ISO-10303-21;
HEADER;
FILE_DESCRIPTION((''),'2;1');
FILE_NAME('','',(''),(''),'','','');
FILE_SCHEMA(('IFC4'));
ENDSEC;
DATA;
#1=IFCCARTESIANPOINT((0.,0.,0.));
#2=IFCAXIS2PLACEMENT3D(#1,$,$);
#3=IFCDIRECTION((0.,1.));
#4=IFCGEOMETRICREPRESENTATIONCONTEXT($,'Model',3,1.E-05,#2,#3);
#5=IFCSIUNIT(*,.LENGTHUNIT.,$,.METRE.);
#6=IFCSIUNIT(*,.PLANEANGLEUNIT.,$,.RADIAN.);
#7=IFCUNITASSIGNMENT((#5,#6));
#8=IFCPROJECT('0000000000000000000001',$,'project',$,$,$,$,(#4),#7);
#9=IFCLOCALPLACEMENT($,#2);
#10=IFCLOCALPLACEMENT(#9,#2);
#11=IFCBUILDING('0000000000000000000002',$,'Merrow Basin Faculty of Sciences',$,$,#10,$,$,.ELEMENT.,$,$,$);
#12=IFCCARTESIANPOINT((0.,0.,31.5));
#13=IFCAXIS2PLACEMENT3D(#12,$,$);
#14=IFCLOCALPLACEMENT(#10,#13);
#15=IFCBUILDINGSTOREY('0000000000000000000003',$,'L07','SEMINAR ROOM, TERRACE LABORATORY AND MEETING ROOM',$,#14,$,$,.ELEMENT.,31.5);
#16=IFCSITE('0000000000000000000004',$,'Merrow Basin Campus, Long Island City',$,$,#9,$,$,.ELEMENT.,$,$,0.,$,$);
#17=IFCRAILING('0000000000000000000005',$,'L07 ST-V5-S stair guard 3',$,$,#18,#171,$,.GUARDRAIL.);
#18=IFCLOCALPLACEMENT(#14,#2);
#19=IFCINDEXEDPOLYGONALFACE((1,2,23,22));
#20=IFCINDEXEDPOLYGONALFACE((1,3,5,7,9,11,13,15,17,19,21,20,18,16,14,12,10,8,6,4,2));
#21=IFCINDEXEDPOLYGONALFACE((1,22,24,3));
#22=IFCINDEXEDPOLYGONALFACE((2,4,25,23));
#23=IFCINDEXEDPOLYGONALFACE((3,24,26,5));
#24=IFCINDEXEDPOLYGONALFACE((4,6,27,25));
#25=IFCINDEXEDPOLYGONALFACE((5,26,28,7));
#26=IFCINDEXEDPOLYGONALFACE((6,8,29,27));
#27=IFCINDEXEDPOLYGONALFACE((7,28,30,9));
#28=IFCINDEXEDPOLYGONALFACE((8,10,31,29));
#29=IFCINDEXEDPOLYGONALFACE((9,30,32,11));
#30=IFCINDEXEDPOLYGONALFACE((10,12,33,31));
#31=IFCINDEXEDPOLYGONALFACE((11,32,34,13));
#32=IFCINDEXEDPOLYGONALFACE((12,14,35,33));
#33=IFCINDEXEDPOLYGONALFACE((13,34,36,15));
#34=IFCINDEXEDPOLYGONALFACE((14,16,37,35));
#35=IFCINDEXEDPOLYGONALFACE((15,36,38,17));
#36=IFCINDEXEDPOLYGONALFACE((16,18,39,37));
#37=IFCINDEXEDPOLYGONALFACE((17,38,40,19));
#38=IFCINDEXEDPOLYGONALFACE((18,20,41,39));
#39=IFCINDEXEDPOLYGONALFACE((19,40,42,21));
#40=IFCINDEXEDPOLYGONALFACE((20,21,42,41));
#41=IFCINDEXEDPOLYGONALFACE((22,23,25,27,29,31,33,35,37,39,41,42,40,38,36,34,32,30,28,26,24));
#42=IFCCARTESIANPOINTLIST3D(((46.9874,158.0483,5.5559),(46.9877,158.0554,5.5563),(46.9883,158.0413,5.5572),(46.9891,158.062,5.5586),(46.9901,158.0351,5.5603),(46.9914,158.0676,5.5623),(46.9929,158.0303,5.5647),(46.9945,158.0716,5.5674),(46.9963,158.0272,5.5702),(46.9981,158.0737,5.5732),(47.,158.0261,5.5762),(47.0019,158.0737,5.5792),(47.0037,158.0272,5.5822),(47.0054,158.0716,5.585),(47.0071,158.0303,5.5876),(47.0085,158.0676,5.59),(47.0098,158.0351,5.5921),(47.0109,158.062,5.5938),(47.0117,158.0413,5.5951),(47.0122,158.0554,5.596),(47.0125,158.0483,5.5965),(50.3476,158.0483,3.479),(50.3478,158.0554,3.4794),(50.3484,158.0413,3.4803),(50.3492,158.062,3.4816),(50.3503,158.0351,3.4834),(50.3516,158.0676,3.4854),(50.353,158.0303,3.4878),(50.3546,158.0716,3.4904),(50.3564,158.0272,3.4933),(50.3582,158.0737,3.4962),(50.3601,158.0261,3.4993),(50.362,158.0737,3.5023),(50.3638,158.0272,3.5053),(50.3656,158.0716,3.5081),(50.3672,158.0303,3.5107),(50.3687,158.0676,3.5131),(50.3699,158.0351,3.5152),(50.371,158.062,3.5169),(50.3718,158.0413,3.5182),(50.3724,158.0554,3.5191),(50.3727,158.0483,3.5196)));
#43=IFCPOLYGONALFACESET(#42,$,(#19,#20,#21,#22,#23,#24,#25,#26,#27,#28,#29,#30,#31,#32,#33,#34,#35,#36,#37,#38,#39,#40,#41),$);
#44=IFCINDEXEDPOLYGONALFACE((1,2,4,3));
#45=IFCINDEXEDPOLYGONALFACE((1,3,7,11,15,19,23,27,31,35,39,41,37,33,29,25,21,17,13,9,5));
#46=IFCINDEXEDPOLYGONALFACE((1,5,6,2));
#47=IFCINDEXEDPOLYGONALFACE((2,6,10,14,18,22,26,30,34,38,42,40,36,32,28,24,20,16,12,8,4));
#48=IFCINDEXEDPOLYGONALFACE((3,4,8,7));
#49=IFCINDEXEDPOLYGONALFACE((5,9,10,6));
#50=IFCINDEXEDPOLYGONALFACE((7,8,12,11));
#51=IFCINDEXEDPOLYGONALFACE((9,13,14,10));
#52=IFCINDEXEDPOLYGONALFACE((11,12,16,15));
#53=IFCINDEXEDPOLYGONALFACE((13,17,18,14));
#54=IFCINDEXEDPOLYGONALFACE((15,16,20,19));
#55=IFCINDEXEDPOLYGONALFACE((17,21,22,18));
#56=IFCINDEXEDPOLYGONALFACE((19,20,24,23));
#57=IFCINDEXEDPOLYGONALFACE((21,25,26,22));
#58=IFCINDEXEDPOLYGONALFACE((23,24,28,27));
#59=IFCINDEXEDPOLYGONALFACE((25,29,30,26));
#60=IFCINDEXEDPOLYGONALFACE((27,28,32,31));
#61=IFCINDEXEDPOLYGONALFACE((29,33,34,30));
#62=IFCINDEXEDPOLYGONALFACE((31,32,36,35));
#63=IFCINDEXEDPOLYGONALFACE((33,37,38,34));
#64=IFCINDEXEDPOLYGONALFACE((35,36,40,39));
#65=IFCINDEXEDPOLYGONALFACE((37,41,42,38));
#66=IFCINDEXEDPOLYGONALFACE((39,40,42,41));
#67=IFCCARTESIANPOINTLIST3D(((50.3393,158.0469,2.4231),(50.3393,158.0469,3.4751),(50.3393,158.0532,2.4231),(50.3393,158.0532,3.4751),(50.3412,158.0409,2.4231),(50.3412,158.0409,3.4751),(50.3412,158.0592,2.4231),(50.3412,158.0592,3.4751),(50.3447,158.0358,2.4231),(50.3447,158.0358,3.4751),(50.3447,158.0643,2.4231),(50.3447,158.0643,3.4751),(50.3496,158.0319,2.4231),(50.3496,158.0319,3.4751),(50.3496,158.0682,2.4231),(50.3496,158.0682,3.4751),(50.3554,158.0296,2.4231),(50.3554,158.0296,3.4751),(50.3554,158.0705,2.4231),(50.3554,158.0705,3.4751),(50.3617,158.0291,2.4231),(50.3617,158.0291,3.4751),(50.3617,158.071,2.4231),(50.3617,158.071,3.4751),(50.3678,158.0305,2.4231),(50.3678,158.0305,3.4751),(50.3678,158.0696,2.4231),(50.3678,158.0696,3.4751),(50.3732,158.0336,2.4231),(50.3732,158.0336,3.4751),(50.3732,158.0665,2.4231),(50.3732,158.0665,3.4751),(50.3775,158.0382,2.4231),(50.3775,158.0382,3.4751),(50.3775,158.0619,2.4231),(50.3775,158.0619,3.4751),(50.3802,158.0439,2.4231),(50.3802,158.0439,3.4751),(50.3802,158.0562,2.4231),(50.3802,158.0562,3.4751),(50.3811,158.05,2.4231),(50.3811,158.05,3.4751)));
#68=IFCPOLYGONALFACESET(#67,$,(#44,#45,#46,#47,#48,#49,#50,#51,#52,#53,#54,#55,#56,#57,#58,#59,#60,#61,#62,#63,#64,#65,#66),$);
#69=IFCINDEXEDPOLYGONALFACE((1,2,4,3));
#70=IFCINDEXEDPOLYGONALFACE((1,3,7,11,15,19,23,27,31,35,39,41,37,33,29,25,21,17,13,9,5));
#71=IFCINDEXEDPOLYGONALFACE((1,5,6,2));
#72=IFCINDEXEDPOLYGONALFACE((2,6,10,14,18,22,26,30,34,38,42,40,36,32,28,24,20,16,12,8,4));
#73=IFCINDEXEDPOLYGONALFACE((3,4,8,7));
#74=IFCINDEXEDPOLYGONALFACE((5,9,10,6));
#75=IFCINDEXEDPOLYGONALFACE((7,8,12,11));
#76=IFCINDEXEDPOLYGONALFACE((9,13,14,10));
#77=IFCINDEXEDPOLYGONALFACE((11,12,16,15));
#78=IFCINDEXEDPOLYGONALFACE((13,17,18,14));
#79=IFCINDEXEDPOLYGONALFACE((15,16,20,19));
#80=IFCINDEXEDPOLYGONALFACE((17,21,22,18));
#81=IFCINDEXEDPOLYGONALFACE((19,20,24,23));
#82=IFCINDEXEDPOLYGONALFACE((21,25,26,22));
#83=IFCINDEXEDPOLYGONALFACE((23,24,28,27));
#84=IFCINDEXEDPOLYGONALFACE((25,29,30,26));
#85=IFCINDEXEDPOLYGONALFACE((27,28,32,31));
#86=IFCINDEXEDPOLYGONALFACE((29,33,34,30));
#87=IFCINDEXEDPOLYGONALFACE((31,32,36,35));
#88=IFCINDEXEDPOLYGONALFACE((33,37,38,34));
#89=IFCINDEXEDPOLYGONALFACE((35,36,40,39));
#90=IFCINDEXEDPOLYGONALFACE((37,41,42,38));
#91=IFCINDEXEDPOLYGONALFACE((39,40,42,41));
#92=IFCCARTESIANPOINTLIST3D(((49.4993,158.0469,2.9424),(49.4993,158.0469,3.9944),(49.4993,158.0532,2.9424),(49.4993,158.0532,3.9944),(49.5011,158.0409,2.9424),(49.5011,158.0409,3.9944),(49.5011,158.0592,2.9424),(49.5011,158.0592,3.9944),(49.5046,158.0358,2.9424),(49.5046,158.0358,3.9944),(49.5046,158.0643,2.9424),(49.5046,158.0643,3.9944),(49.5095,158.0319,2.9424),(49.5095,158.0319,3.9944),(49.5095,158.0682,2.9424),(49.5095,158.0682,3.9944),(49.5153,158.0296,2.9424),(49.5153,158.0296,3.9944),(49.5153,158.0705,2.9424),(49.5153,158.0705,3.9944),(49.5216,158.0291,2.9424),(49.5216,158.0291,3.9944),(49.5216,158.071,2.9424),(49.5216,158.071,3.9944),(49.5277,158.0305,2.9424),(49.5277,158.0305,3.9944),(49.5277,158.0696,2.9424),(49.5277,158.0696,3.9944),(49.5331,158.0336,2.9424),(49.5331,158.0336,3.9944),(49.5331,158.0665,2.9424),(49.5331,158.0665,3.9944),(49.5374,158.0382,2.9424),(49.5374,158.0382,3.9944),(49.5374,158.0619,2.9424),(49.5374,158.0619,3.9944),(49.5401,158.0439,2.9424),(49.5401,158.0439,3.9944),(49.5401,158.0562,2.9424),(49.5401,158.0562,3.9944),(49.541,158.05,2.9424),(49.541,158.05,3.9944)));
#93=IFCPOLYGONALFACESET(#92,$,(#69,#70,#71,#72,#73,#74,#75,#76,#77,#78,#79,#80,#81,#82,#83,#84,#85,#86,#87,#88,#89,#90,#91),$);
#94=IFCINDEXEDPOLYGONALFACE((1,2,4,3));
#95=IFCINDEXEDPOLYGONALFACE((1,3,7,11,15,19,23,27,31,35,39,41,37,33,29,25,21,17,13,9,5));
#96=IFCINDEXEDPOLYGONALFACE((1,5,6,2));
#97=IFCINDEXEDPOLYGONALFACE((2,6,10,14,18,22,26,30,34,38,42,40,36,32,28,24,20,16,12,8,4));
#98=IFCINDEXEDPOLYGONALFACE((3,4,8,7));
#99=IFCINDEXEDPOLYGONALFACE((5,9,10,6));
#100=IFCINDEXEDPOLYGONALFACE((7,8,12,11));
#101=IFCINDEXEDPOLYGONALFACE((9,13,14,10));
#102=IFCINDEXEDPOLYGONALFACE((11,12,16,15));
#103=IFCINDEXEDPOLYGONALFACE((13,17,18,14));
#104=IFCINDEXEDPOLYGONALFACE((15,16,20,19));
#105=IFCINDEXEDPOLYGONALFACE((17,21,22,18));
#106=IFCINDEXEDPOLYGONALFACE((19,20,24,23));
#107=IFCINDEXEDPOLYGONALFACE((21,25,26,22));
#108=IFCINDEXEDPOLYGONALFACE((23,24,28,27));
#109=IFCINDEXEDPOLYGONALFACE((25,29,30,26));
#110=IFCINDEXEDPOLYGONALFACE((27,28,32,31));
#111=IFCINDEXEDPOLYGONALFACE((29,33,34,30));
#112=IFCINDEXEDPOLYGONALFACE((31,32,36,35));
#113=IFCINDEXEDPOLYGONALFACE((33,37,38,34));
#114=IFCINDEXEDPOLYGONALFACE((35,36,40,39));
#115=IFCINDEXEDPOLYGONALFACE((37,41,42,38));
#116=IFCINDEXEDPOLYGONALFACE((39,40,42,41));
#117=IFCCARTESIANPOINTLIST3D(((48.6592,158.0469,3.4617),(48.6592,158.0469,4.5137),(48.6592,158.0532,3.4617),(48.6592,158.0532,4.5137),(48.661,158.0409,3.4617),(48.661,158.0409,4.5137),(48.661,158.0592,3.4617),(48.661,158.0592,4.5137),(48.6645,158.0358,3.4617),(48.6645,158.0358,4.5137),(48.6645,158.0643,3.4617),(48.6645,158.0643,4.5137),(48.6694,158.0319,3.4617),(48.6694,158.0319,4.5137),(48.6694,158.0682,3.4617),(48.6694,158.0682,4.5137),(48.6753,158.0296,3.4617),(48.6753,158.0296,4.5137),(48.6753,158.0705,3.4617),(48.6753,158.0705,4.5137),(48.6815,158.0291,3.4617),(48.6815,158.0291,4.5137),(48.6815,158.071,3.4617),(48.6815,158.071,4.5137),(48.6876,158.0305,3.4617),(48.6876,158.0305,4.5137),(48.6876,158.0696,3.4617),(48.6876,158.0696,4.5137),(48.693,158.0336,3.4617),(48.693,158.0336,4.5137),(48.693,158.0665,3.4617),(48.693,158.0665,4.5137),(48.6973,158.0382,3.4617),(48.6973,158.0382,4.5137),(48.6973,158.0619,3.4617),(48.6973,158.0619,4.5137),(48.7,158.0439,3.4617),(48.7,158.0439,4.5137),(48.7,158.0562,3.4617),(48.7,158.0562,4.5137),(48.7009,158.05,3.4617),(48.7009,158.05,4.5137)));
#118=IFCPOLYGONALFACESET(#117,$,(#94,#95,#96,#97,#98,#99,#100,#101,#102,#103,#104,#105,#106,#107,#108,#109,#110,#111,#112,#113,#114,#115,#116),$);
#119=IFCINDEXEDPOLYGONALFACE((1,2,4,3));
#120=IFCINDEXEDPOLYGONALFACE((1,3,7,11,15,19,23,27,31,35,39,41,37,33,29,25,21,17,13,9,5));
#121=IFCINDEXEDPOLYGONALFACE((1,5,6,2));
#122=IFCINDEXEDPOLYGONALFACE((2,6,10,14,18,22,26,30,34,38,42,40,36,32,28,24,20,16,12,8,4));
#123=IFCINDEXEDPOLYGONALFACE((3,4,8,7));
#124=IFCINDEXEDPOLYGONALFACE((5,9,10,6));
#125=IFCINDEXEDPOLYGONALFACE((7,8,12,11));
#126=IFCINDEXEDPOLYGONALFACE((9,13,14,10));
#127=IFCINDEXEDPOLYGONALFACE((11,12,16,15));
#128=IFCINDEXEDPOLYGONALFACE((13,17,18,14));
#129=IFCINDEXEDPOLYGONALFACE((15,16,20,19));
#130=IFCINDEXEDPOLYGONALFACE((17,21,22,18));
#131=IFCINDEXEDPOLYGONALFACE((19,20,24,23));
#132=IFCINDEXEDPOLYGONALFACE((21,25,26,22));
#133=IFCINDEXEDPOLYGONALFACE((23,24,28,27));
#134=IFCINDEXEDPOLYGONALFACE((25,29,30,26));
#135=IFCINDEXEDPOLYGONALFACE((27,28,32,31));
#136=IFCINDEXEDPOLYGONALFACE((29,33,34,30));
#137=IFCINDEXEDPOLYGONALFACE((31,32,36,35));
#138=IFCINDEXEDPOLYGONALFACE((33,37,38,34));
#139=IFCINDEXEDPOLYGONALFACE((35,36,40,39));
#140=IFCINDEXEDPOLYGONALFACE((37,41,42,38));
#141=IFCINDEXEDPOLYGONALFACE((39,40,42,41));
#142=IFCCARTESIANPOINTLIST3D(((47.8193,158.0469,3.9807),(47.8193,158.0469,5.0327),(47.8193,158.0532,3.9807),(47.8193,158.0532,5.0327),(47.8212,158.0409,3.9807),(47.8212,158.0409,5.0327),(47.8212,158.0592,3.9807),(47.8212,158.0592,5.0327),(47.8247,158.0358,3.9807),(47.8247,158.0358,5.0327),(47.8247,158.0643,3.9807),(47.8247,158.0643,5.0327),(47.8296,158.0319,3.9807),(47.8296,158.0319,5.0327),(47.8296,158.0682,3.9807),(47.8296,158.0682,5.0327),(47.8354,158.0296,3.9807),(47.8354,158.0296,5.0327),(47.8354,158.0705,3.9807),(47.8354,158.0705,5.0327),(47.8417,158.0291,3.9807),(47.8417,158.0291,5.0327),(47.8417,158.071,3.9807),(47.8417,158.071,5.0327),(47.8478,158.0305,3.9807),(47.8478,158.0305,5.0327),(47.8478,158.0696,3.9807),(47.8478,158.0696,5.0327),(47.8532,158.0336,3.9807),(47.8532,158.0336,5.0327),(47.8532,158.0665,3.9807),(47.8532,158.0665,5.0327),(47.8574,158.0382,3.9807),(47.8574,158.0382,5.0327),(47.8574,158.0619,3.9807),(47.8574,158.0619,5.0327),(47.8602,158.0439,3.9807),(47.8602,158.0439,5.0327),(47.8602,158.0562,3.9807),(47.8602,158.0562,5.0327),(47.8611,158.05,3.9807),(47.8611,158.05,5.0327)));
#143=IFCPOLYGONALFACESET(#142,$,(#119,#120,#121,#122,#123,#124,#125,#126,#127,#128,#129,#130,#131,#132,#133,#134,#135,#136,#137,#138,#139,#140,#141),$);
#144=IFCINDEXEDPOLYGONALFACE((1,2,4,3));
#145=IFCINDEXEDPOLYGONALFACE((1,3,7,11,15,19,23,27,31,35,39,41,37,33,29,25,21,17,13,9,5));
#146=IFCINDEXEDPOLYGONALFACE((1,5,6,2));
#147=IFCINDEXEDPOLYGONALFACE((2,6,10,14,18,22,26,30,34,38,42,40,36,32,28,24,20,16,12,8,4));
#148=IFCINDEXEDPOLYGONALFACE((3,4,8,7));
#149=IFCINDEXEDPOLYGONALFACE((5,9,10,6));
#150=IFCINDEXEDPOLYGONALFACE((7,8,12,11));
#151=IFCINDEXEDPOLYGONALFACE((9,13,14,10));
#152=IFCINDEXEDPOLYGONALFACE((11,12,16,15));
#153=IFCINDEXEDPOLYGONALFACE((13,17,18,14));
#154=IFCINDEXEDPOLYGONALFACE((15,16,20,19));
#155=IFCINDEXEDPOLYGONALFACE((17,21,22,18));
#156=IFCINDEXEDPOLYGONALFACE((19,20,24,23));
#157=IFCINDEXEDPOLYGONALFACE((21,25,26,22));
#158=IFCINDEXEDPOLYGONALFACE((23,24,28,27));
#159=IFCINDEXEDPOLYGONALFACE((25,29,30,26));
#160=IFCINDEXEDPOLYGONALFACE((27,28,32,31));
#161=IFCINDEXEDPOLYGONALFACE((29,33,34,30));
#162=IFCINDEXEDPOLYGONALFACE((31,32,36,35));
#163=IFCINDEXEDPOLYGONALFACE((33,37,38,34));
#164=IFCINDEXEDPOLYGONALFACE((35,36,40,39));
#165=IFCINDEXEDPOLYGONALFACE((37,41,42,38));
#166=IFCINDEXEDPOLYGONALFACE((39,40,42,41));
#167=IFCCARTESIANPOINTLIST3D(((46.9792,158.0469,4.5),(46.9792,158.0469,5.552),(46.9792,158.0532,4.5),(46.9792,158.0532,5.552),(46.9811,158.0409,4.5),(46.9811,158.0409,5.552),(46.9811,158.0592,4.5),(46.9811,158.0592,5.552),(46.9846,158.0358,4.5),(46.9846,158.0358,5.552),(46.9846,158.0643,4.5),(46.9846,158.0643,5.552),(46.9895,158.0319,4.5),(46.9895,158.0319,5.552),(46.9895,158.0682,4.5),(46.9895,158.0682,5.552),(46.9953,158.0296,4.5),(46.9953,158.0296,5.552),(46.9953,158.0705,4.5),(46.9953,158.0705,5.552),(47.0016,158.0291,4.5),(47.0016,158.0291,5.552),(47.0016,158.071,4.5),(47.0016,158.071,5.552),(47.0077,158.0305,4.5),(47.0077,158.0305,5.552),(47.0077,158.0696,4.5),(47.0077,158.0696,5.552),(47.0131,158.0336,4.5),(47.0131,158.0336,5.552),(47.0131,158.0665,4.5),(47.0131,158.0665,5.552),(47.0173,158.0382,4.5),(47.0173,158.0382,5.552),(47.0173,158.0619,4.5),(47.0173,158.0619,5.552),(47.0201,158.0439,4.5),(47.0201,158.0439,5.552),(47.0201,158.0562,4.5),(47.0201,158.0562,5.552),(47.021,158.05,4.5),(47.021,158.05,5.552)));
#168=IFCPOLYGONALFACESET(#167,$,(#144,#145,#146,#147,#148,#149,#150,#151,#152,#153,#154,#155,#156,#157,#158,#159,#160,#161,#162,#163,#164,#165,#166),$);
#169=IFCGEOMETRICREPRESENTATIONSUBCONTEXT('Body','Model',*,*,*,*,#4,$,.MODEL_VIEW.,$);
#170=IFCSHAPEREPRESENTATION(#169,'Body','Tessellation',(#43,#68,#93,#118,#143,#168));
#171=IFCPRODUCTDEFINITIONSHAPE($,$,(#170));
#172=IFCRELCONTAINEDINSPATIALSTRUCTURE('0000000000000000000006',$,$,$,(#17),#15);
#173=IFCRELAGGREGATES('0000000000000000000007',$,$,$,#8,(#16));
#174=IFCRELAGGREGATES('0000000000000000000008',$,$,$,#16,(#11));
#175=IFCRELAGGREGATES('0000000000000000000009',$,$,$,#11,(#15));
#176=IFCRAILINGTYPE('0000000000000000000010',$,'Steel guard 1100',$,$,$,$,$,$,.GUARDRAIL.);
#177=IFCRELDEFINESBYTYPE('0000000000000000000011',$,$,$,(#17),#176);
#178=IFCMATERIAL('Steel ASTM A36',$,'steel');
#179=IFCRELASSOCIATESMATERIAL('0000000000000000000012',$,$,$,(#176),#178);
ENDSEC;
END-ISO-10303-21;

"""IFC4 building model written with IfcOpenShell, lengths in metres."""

from ifc_helpers import new_model, si_unit, direction, frame, origin, origin_2d, place, context, subcontext, project, spatial, circle, extrude, material, type_object, element, save


model = new_model("IFC4")

# Units and contexts
model_context = context("Model", 3, precision=1e-05, world=origin(), true_north=direction((0.0, 1.0)))
body_context = subcontext(model_context, "Body", "Model", "MODEL_VIEW")
ifc_project = project(units=[si_unit("LENGTHUNIT", "METRE"), si_unit("PLANEANGLEUNIT", "RADIAN")], contexts=[model_context])

# Site, building, storey
site_placement = place(None, origin())
site = spatial("IfcSite", under=ifc_project, at=site_placement, Name="Merrow Basin Campus, Long Island City", CompositionType="ELEMENT", RefElevation=0.0)
building_placement = place(site_placement, origin())
building = spatial("IfcBuilding", under=site, at=building_placement, Name="Merrow Basin Faculty of Sciences", CompositionType="ELEMENT")
storey_placement = place(building_placement, frame((0.0, 0.0, 31.5)))
storey = spatial("IfcBuildingStorey", under=building, at=storey_placement, Name="L07", Description="SEMINAR ROOM, TERRACE LABORATORY AND MEETING ROOM", CompositionType="ELEMENT", Elevation=31.5)

# Railing
ifc_material_1 = material(Name="Steel ASTM A36", Category="steel")
railing_type_1 = type_object("IfcRailingType", Name="Steel guard 1100", PredefinedType="GUARDRAIL", material=ifc_material_1)
railing_1_placement = place(storey_placement, frame((50.3601, 158.05, 2.4231)))
element("IfcRailing", 1, at=railing_1_placement, inside=storey, type_object=railing_type_1, Name="L07 ST-V5-S stair guard 3", PredefinedType="GUARDRAIL", context=body_context, shape_type="SweptSolid", body=[
    extrude(circle(Radius=0.0239, at=origin_2d()), frame((0.0, 0.0, 1.0762), z_axis=(-0.850623, 0.0, 0.525776), x_axis=(0.0, -1.0, 0.0)), (0.0, 0.0, 1.0), 3.9502),
    extrude(circle(Radius=0.021, at=origin_2d()), origin(), (0.0, 0.0, 1.0), 1.052),
    extrude(circle(Radius=0.021, at=origin_2d()), frame((-0.8401, 0.0, 0.5193)), (0.0, 0.0, 1.0), 1.052),
    extrude(circle(Radius=0.021, at=origin_2d()), frame((-1.6802, 0.0, 1.0386)), (0.0, 0.0, 1.0), 1.052),
    extrude(circle(Radius=0.021, at=origin_2d()), frame((-2.52, 0.0, 1.5576)), (0.0, 0.0, 1.0), 1.052),
    extrude(circle(Radius=0.021, at=origin_2d()), frame((-3.3601, 0.0, 2.0769)), (0.0, 0.0, 1.0), 1.052),
])

save(model, "model.ifc")
